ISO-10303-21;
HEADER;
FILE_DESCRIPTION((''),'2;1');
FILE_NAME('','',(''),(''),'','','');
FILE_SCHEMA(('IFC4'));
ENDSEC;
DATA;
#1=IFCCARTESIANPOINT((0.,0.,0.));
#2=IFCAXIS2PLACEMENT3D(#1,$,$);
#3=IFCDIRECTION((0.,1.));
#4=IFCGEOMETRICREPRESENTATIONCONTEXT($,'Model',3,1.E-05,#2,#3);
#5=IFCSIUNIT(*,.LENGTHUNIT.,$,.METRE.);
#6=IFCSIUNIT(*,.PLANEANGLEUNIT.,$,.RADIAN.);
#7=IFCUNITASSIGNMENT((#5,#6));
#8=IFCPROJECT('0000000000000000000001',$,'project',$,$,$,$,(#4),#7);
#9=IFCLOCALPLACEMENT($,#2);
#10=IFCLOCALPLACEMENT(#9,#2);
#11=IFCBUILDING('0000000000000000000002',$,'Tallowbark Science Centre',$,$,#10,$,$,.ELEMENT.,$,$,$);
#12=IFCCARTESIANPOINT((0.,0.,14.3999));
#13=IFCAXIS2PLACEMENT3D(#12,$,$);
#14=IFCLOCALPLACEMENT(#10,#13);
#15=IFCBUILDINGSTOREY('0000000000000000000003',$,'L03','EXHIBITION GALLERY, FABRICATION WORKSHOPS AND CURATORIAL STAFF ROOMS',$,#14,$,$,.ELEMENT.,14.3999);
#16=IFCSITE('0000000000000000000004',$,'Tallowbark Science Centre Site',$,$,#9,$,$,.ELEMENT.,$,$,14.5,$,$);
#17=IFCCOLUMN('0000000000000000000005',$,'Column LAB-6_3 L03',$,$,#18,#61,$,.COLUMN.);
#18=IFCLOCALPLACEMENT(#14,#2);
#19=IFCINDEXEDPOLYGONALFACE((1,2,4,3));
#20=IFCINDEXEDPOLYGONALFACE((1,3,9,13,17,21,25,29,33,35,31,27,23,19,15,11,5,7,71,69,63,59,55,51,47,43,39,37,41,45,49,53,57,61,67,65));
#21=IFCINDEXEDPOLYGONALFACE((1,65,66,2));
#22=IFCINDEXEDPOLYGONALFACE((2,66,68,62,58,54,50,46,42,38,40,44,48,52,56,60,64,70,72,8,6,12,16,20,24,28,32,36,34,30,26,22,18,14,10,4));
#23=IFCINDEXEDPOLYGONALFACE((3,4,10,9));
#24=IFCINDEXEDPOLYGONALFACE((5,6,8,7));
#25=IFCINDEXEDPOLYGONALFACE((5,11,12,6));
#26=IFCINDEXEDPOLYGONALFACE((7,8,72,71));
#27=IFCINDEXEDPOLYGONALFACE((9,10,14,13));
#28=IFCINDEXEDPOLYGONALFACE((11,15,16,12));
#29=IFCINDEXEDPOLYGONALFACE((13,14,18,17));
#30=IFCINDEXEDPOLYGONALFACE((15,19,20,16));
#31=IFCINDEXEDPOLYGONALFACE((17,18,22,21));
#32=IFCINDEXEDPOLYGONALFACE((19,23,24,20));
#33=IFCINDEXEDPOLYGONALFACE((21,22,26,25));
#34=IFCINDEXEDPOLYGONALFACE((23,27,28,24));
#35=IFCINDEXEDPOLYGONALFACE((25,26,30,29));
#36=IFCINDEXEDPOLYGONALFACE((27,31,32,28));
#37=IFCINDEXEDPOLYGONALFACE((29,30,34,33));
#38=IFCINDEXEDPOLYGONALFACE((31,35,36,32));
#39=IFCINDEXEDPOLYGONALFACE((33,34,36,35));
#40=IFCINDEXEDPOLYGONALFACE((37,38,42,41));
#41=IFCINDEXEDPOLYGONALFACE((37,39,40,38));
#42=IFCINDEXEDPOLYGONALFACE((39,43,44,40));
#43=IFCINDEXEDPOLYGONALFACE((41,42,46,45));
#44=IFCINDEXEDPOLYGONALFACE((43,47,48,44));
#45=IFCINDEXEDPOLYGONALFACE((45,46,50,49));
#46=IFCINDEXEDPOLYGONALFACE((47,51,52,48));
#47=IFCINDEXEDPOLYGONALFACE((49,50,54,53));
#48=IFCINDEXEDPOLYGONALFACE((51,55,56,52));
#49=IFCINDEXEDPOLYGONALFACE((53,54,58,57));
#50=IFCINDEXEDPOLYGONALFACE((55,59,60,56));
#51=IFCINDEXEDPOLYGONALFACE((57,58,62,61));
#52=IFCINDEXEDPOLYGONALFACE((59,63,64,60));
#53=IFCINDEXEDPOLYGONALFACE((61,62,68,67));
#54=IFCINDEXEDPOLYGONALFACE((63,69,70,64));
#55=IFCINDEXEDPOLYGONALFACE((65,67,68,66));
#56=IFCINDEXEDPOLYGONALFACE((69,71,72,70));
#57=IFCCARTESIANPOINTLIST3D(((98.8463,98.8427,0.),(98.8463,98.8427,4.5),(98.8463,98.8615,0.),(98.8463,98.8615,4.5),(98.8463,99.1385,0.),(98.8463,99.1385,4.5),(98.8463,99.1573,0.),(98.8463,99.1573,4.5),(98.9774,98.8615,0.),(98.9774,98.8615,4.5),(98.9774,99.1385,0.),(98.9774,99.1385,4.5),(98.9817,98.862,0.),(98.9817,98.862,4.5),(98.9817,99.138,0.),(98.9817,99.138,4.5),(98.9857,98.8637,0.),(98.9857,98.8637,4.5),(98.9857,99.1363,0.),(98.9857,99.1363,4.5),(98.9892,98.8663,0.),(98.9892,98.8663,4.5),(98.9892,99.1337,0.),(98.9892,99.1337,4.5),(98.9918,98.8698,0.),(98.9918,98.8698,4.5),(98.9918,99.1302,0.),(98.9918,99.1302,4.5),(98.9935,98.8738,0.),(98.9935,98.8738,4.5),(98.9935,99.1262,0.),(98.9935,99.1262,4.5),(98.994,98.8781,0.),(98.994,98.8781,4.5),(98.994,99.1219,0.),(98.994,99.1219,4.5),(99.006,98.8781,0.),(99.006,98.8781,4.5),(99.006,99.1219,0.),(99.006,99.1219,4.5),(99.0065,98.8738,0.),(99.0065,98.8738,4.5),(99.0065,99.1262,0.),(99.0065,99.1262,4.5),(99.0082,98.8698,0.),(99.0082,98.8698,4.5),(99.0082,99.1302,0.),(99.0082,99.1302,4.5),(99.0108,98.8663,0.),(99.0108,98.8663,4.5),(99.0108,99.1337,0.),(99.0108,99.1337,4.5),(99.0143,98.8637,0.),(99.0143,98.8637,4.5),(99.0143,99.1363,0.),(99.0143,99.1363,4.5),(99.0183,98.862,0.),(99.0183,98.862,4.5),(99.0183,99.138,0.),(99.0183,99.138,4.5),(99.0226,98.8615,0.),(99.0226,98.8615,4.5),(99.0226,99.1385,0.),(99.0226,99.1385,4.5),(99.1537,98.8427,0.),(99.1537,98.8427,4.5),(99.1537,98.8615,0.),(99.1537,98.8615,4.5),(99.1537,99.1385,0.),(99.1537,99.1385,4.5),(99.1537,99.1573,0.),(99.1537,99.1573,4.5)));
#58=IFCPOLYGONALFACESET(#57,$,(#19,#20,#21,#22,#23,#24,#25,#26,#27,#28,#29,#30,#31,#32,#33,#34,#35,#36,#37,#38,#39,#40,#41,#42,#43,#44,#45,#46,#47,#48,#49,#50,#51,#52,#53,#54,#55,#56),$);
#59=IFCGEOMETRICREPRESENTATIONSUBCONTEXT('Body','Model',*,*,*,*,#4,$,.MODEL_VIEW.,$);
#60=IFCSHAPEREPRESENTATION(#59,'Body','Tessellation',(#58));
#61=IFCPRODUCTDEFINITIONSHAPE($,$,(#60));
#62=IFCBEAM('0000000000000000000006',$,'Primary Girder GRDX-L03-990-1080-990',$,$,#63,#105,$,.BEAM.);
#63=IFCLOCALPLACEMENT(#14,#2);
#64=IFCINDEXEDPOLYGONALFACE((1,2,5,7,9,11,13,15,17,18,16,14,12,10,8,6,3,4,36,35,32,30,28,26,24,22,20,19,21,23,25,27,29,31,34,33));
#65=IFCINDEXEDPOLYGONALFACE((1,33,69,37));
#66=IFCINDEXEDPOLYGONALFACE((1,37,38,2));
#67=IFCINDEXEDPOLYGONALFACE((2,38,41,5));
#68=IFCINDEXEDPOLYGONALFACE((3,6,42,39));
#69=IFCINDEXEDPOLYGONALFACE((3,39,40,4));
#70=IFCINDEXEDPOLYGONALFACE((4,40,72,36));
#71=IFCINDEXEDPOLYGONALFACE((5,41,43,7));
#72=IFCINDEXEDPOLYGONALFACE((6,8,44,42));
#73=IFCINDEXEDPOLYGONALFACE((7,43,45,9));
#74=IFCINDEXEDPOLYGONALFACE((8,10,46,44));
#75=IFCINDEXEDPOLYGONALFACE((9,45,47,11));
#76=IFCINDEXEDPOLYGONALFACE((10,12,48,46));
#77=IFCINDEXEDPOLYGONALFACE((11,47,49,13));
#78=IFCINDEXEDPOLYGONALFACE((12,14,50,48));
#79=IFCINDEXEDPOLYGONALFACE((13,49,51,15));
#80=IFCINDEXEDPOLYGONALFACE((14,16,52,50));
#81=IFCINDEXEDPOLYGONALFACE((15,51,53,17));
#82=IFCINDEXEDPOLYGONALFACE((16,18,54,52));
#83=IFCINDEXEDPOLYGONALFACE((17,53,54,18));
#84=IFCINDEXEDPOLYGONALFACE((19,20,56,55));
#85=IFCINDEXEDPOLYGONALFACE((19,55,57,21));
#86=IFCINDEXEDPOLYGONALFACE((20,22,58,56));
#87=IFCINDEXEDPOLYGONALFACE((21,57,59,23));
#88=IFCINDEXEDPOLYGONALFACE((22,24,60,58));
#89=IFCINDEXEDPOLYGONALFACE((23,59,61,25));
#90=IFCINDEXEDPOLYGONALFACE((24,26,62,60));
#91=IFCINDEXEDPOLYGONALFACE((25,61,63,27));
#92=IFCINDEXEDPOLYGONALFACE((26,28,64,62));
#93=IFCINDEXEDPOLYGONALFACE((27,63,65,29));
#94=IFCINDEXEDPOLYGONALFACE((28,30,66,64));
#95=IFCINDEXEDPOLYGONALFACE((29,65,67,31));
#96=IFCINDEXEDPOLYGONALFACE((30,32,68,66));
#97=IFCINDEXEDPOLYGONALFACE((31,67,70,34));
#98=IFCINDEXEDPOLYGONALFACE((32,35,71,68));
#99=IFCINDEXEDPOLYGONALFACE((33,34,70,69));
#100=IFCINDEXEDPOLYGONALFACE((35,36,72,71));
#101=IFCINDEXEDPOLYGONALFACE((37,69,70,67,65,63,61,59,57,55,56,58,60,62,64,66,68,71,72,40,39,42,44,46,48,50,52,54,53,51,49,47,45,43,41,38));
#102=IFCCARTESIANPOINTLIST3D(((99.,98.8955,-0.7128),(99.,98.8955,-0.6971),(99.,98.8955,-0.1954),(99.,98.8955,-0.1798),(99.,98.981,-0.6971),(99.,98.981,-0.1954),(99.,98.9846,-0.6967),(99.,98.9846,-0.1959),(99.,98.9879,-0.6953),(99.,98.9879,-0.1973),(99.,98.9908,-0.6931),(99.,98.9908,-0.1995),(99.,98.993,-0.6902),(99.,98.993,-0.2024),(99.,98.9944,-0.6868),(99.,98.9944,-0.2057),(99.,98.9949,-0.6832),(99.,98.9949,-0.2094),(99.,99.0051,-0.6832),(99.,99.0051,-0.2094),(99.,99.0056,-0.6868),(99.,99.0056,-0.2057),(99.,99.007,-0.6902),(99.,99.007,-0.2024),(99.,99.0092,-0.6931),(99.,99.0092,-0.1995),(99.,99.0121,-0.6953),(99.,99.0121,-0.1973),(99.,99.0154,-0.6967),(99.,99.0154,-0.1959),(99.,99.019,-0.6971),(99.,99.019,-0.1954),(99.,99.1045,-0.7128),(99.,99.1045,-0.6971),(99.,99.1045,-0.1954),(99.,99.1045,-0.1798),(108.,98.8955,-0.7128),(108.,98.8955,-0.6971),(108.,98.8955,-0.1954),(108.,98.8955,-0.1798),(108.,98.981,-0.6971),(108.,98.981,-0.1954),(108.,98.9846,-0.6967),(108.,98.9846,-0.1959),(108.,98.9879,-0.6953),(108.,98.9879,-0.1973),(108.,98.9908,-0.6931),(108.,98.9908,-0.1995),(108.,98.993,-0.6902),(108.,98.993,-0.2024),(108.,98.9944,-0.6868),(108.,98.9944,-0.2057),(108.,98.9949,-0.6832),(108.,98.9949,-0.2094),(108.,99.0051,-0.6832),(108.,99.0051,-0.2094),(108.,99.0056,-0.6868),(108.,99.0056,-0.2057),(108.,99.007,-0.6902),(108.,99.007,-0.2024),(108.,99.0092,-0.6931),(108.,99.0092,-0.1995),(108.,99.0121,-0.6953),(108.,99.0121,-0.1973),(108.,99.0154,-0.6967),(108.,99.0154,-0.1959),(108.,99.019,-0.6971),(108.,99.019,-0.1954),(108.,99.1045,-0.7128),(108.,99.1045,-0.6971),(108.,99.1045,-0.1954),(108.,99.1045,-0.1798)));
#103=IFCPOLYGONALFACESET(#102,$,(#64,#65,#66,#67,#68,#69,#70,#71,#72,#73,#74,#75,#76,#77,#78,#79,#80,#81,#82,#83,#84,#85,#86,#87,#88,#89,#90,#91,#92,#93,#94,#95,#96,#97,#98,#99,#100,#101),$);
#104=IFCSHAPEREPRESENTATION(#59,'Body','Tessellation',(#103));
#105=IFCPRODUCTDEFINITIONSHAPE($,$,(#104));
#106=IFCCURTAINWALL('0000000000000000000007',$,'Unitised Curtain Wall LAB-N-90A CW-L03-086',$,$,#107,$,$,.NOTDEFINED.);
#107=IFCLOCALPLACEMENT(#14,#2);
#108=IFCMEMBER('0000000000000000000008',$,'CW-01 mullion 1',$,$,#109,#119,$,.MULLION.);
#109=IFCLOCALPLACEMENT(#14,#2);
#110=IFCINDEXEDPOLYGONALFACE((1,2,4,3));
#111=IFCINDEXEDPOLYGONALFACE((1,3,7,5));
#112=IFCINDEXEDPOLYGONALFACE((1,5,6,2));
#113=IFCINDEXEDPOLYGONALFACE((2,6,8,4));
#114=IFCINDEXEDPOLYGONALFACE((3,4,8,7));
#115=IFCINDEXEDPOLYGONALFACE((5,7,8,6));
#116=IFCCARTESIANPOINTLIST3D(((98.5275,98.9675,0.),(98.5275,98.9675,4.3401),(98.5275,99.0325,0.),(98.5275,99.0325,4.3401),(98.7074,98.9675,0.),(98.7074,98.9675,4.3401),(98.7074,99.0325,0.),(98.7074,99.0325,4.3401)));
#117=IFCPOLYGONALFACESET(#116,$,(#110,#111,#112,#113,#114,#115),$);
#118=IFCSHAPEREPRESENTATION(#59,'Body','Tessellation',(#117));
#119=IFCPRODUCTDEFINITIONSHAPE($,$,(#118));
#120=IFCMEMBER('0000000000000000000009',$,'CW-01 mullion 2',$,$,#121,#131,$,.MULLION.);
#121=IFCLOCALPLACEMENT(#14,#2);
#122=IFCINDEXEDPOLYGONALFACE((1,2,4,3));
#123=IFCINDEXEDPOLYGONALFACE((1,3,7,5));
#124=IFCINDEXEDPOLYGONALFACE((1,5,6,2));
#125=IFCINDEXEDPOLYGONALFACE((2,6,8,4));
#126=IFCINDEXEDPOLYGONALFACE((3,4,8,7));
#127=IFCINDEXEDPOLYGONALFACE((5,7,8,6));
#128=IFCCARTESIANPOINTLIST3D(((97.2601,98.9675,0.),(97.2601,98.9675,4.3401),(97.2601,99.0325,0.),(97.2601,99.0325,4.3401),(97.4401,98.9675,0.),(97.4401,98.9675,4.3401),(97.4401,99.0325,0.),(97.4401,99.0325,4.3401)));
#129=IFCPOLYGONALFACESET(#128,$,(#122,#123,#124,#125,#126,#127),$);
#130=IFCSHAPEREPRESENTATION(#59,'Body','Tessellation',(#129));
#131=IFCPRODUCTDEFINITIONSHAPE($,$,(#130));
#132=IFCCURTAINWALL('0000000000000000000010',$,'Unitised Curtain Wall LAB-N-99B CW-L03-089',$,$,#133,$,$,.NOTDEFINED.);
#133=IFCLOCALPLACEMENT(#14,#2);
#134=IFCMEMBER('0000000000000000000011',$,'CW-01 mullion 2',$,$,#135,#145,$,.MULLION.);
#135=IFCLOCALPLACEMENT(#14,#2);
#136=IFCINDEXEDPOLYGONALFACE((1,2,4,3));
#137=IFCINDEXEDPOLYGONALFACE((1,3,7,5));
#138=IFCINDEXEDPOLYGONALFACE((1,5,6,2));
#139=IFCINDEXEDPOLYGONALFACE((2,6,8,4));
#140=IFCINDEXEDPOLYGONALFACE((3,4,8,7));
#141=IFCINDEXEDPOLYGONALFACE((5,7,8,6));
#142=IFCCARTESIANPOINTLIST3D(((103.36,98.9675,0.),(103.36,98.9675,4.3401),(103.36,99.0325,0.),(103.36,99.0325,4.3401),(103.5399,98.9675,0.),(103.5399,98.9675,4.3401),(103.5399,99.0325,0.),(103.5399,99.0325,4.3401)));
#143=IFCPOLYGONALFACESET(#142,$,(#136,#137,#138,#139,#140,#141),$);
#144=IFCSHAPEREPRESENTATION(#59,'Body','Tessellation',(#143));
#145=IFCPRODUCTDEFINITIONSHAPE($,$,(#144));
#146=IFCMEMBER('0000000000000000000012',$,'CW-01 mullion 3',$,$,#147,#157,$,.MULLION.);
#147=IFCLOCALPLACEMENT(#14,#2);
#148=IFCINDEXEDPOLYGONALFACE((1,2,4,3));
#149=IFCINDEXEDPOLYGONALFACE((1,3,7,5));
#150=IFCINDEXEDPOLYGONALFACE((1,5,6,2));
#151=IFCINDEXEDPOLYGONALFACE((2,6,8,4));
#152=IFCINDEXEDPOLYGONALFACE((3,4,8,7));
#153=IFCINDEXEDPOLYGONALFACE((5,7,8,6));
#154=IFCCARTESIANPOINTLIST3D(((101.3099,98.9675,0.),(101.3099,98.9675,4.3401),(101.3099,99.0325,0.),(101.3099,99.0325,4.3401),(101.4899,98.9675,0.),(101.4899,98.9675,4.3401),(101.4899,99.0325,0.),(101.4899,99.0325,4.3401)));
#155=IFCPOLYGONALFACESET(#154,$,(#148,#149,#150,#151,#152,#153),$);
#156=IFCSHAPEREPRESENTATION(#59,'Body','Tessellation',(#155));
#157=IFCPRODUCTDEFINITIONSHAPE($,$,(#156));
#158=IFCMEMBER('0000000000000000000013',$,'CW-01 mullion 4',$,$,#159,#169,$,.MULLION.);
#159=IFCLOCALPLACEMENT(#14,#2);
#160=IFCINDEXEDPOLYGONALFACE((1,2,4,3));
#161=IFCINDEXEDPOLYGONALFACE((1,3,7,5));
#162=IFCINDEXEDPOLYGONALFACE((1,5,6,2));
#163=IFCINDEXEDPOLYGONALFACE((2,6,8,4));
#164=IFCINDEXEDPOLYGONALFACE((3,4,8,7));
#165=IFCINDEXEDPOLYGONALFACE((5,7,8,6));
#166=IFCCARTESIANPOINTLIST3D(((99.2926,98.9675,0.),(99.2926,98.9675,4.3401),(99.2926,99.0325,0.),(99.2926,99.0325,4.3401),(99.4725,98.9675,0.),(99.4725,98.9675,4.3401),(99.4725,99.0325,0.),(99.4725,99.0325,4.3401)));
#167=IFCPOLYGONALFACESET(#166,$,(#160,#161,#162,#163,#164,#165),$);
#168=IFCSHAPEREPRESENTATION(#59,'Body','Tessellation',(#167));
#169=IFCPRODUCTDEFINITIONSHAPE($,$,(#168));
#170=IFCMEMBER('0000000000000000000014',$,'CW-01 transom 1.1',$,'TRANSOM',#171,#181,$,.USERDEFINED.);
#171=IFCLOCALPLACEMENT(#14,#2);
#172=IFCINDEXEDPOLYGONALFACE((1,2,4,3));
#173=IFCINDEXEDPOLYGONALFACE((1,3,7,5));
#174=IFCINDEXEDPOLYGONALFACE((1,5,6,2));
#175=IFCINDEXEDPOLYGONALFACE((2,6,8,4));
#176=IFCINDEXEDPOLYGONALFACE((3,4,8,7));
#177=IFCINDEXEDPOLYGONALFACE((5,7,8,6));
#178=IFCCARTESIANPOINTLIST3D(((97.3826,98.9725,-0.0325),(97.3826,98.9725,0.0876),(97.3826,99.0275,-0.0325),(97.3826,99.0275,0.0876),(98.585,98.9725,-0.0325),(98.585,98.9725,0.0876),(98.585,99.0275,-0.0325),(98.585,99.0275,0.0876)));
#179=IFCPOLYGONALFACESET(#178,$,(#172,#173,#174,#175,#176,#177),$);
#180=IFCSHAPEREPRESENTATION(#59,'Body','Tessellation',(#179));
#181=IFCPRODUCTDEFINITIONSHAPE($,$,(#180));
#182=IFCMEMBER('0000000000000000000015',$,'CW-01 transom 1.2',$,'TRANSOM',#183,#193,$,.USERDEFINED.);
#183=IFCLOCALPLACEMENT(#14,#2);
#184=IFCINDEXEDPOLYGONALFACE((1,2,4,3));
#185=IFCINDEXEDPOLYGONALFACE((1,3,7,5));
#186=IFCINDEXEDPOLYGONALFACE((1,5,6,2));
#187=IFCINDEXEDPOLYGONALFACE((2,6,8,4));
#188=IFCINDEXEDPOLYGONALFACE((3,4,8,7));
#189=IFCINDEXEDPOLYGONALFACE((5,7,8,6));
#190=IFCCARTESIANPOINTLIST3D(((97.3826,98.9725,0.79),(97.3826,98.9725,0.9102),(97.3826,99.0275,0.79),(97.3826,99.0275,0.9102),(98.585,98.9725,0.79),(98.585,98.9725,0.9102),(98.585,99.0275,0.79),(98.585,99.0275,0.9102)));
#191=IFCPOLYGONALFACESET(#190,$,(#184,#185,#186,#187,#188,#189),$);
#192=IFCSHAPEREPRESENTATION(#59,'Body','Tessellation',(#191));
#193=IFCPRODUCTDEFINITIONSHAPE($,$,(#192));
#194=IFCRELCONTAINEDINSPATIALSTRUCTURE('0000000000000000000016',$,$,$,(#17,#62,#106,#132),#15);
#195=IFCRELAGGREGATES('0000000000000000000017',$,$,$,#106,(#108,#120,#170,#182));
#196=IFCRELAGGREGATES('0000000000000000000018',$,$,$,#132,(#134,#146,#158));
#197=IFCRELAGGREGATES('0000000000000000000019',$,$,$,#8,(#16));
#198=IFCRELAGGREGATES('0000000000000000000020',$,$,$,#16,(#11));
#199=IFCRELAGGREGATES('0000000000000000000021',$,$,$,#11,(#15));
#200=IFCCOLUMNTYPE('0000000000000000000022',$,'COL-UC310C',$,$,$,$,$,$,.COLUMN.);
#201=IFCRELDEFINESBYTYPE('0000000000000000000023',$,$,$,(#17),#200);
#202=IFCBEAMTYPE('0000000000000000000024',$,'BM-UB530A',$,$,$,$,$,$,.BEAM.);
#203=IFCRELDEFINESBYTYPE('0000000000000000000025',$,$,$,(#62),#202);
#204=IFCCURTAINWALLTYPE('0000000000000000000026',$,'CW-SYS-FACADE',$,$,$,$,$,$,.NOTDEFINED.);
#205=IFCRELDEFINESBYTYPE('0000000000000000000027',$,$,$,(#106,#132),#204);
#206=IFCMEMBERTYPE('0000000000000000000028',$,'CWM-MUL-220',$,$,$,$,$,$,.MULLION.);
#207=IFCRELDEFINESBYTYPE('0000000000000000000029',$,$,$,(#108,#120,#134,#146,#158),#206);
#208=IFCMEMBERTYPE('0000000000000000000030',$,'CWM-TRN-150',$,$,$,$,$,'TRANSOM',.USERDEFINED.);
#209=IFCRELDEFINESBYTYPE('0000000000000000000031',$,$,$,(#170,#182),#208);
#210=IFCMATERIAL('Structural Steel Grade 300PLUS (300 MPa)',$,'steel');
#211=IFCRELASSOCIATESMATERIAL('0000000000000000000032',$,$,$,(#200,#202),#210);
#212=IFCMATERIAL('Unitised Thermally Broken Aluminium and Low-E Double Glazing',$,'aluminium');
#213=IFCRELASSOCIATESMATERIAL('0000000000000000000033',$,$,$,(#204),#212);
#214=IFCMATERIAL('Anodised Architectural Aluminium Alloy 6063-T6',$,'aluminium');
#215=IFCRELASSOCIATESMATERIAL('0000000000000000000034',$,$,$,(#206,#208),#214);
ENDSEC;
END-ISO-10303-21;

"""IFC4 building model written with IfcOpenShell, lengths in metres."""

from ifc_helpers import new_model, si_unit, direction, frame, origin, origin_2d, place, context, subcontext, project, spatial, rectangle, i_section, extrude, material, material_profile, profile_set, type_object, element, aggregate, save


model = new_model("IFC4")

# Units and contexts
model_context = context("Model", 3, precision=1e-05, world=origin(), true_north=direction((0.0, 1.0)))
body_context = subcontext(model_context, "Body", "Model", "MODEL_VIEW")
ifc_project = project(units=[si_unit("LENGTHUNIT", "METRE"), si_unit("PLANEANGLEUNIT", "RADIAN")], contexts=[model_context])

# Site, building, storey
site_placement = place(None, origin())
site = spatial("IfcSite", under=ifc_project, at=site_placement, Name="Tallowbark Science Centre Site", CompositionType="ELEMENT", RefElevation=14.5)
building_placement = place(site_placement, origin())
building = spatial("IfcBuilding", under=site, at=building_placement, Name="Tallowbark Science Centre", CompositionType="ELEMENT")
storey_placement = place(building_placement, frame((0.0, 0.0, 14.3999)))
storey = spatial("IfcBuildingStorey", under=building, at=storey_placement, Name="L03", Description="EXHIBITION GALLERY, FABRICATION WORKSHOPS AND CURATORIAL STAFF ROOMS", CompositionType="ELEMENT", Elevation=14.3999)

# Column
ifc_material_1 = material(Name="Structural Steel Grade 300PLUS (300 MPa)", Category="steel")
ifc_material_profile_1 = material_profile(ifc_material_1, i_section(OverallWidth=0.3074, OverallDepth=0.3147, WebThickness=0.012, FlangeThickness=0.0188, FilletRadius=0.0166, at=origin_2d()), Name="310UC118")
ifc_profile_set_1 = profile_set([ifc_material_profile_1], Name="Structural Steel Grade 300PLUS (300 MPa)")
column_type = type_object("IfcColumnType", Name="COL-UC310C", PredefinedType="COLUMN", material=ifc_profile_set_1)
column_placement = place(storey_placement, frame((99.0, 99.0, 0.0), z_axis=(0.0, 0.0, 1.0), x_axis=(1.0, 0.0, 0.0)))
element("IfcColumn", 1, at=column_placement, inside=storey, type_object=column_type, Name="Column LAB-6_3 L03", PredefinedType="COLUMN", context=body_context, shape_type="SweptSolid", body=[
    extrude(i_section(OverallWidth=0.3074, OverallDepth=0.3147, WebThickness=0.012, FlangeThickness=0.0188, FilletRadius=0.0166, at=origin_2d()), origin(), (0.0, 0.0, 1.0), 4.5),
])

# Beam
ifc_material_profile_2 = material_profile(ifc_material_1, i_section(OverallWidth=0.209, OverallDepth=0.533, WebThickness=0.0103, FlangeThickness=0.0156, FilletRadius=0.0139, at=origin_2d()), Name="530UB92.4")
ifc_profile_set_2 = profile_set([ifc_material_profile_2], Name="Structural Steel Grade 300PLUS (300 MPa)")
beam_type = type_object("IfcBeamType", Name="BM-UB530A", PredefinedType="BEAM", material=ifc_profile_set_2)
beam_placement = place(storey_placement, frame((99.0, 99.0, -0.4463), z_axis=(1.0, 0.0, 0.0), x_axis=(0.0, 1.0, 0.0)))
element("IfcBeam", 2, at=beam_placement, inside=storey, type_object=beam_type, Name="Primary Girder GRDX-L03-990-1080-990", PredefinedType="BEAM", context=body_context, shape_type="SweptSolid", body=[
    extrude(i_section(OverallWidth=0.209, OverallDepth=0.533, WebThickness=0.0103, FlangeThickness=0.0156, FilletRadius=0.0139, at=origin_2d()), origin(), (0.0, 0.0, 1.0), 9.0),
])

# Curtain walls, members
ifc_material_2 = material(Name="Unitised Thermally Broken Aluminium and Low-E Double Glazing", Category="aluminium")
curtain_wall_type = type_object("IfcCurtainWallType", Name="CW-SYS-FACADE", PredefinedType="NOTDEFINED", material=ifc_material_2)
curtain_wall_1_placement = place(storey_placement, origin())
curtain_wall_1 = element("IfcCurtainWall", 3, at=curtain_wall_1_placement, inside=storey, type_object=curtain_wall_type, Name="Unitised Curtain Wall LAB-N-90A CW-L03-086", PredefinedType="NOTDEFINED")
ifc_material_3 = material(Name="Anodised Architectural Aluminium Alloy 6063-T6", Category="aluminium")
ifc_material_profile_3 = material_profile(ifc_material_3, rectangle(XDim=0.0649, YDim=0.1799, at=origin_2d()), Name="ALU65x180")
ifc_profile_set_3 = profile_set([ifc_material_profile_3], Name="Anodised Architectural Aluminium Alloy 6063-T6")
member_type_1 = type_object("IfcMemberType", Name="CWM-MUL-220", PredefinedType="MULLION", material=ifc_profile_set_3)
member_1_placement = place(storey_placement, frame((98.6174, 99.0, 0.0), z_axis=(0.0, 0.0, 1.0), x_axis=(0.0, -1.0, 0.0)))
member_1 = element("IfcMember", 4, at=member_1_placement, type_object=member_type_1, Name="CW-01 mullion 1", PredefinedType="MULLION", context=body_context, shape_type="SweptSolid", body=[
    extrude(rectangle(XDim=0.0649, YDim=0.1799, at=origin_2d()), origin(), (0.0, 0.0, 1.0), 4.3401),
])
member_2_placement = place(storey_placement, frame((97.3501, 99.0, 0.0), z_axis=(0.0, 0.0, 1.0), x_axis=(0.0, -1.0, 0.0)))
member_2 = element("IfcMember", 5, at=member_2_placement, type_object=member_type_1, Name="CW-01 mullion 2", PredefinedType="MULLION", context=body_context, shape_type="SweptSolid", body=[
    extrude(rectangle(XDim=0.0649, YDim=0.1799, at=origin_2d()), origin(), (0.0, 0.0, 1.0), 4.3401),
])
curtain_wall_2_placement = place(storey_placement, origin())
curtain_wall_2 = element("IfcCurtainWall", 6, at=curtain_wall_2_placement, inside=storey, type_object=curtain_wall_type, Name="Unitised Curtain Wall LAB-N-99B CW-L03-089", PredefinedType="NOTDEFINED")
member_3_placement = place(storey_placement, frame((103.45, 99.0, 0.0), z_axis=(0.0, 0.0, 1.0), x_axis=(0.0, -1.0, 0.0)))
member_3 = element("IfcMember", 7, at=member_3_placement, type_object=member_type_1, Name="CW-01 mullion 2", PredefinedType="MULLION", context=body_context, shape_type="SweptSolid", body=[
    extrude(rectangle(XDim=0.0649, YDim=0.1799, at=origin_2d()), origin(), (0.0, 0.0, 1.0), 4.3401),
])
member_4_placement = place(storey_placement, frame((101.3999, 99.0, 0.0), z_axis=(0.0, 0.0, 1.0), x_axis=(0.0, -1.0, 0.0)))
member_4 = element("IfcMember", 8, at=member_4_placement, type_object=member_type_1, Name="CW-01 mullion 3", PredefinedType="MULLION", context=body_context, shape_type="SweptSolid", body=[
    extrude(rectangle(XDim=0.0649, YDim=0.1799, at=origin_2d()), origin(), (0.0, 0.0, 1.0), 4.3401),
])
member_5_placement = place(storey_placement, frame((99.3826, 99.0, 0.0), z_axis=(0.0, 0.0, 1.0), x_axis=(0.0, -1.0, 0.0)))
member_5 = element("IfcMember", 9, at=member_5_placement, type_object=member_type_1, Name="CW-01 mullion 4", PredefinedType="MULLION", context=body_context, shape_type="SweptSolid", body=[
    extrude(rectangle(XDim=0.0649, YDim=0.1799, at=origin_2d()), origin(), (0.0, 0.0, 1.0), 4.3401),
])

# Members
ifc_material_profile_4 = material_profile(ifc_material_3, rectangle(XDim=0.0549, YDim=0.1201, at=origin_2d()), Name="ALU55x120")
ifc_profile_set_4 = profile_set([ifc_material_profile_4], Name="Anodised Architectural Aluminium Alloy 6063-T6")
member_type_2 = type_object("IfcMemberType", Name="CWM-TRN-150", ElementType="TRANSOM", PredefinedType="USERDEFINED", material=ifc_profile_set_4)
member_6_placement = place(storey_placement, frame((98.585, 99.0, 0.0276), z_axis=(-1.0, 0.0, 0.0), x_axis=(0.0, -1.0, 0.0)))
member_6 = element("IfcMember", 10, at=member_6_placement, type_object=member_type_2, Name="CW-01 transom 1.1", ObjectType="TRANSOM", PredefinedType="USERDEFINED", context=body_context, shape_type="SweptSolid", body=[
    extrude(rectangle(XDim=0.0549, YDim=0.1201, at=origin_2d()), origin(), (0.0, 0.0, 1.0), 1.2024),
])
member_7_placement = place(storey_placement, frame((98.585, 99.0, 0.8501), z_axis=(-1.0, 0.0, 0.0), x_axis=(0.0, -1.0, 0.0)))
member_7 = element("IfcMember", 11, at=member_7_placement, type_object=member_type_2, Name="CW-01 transom 1.2", ObjectType="TRANSOM", PredefinedType="USERDEFINED", context=body_context, shape_type="SweptSolid", body=[
    extrude(rectangle(XDim=0.0549, YDim=0.1201, at=origin_2d()), origin(), (0.0, 0.0, 1.0), 1.2024),
])

aggregate(curtain_wall_1, [member_1, member_2, member_6, member_7])
aggregate(curtain_wall_2, [member_3, member_4, member_5])

save(model, "model.ifc")
